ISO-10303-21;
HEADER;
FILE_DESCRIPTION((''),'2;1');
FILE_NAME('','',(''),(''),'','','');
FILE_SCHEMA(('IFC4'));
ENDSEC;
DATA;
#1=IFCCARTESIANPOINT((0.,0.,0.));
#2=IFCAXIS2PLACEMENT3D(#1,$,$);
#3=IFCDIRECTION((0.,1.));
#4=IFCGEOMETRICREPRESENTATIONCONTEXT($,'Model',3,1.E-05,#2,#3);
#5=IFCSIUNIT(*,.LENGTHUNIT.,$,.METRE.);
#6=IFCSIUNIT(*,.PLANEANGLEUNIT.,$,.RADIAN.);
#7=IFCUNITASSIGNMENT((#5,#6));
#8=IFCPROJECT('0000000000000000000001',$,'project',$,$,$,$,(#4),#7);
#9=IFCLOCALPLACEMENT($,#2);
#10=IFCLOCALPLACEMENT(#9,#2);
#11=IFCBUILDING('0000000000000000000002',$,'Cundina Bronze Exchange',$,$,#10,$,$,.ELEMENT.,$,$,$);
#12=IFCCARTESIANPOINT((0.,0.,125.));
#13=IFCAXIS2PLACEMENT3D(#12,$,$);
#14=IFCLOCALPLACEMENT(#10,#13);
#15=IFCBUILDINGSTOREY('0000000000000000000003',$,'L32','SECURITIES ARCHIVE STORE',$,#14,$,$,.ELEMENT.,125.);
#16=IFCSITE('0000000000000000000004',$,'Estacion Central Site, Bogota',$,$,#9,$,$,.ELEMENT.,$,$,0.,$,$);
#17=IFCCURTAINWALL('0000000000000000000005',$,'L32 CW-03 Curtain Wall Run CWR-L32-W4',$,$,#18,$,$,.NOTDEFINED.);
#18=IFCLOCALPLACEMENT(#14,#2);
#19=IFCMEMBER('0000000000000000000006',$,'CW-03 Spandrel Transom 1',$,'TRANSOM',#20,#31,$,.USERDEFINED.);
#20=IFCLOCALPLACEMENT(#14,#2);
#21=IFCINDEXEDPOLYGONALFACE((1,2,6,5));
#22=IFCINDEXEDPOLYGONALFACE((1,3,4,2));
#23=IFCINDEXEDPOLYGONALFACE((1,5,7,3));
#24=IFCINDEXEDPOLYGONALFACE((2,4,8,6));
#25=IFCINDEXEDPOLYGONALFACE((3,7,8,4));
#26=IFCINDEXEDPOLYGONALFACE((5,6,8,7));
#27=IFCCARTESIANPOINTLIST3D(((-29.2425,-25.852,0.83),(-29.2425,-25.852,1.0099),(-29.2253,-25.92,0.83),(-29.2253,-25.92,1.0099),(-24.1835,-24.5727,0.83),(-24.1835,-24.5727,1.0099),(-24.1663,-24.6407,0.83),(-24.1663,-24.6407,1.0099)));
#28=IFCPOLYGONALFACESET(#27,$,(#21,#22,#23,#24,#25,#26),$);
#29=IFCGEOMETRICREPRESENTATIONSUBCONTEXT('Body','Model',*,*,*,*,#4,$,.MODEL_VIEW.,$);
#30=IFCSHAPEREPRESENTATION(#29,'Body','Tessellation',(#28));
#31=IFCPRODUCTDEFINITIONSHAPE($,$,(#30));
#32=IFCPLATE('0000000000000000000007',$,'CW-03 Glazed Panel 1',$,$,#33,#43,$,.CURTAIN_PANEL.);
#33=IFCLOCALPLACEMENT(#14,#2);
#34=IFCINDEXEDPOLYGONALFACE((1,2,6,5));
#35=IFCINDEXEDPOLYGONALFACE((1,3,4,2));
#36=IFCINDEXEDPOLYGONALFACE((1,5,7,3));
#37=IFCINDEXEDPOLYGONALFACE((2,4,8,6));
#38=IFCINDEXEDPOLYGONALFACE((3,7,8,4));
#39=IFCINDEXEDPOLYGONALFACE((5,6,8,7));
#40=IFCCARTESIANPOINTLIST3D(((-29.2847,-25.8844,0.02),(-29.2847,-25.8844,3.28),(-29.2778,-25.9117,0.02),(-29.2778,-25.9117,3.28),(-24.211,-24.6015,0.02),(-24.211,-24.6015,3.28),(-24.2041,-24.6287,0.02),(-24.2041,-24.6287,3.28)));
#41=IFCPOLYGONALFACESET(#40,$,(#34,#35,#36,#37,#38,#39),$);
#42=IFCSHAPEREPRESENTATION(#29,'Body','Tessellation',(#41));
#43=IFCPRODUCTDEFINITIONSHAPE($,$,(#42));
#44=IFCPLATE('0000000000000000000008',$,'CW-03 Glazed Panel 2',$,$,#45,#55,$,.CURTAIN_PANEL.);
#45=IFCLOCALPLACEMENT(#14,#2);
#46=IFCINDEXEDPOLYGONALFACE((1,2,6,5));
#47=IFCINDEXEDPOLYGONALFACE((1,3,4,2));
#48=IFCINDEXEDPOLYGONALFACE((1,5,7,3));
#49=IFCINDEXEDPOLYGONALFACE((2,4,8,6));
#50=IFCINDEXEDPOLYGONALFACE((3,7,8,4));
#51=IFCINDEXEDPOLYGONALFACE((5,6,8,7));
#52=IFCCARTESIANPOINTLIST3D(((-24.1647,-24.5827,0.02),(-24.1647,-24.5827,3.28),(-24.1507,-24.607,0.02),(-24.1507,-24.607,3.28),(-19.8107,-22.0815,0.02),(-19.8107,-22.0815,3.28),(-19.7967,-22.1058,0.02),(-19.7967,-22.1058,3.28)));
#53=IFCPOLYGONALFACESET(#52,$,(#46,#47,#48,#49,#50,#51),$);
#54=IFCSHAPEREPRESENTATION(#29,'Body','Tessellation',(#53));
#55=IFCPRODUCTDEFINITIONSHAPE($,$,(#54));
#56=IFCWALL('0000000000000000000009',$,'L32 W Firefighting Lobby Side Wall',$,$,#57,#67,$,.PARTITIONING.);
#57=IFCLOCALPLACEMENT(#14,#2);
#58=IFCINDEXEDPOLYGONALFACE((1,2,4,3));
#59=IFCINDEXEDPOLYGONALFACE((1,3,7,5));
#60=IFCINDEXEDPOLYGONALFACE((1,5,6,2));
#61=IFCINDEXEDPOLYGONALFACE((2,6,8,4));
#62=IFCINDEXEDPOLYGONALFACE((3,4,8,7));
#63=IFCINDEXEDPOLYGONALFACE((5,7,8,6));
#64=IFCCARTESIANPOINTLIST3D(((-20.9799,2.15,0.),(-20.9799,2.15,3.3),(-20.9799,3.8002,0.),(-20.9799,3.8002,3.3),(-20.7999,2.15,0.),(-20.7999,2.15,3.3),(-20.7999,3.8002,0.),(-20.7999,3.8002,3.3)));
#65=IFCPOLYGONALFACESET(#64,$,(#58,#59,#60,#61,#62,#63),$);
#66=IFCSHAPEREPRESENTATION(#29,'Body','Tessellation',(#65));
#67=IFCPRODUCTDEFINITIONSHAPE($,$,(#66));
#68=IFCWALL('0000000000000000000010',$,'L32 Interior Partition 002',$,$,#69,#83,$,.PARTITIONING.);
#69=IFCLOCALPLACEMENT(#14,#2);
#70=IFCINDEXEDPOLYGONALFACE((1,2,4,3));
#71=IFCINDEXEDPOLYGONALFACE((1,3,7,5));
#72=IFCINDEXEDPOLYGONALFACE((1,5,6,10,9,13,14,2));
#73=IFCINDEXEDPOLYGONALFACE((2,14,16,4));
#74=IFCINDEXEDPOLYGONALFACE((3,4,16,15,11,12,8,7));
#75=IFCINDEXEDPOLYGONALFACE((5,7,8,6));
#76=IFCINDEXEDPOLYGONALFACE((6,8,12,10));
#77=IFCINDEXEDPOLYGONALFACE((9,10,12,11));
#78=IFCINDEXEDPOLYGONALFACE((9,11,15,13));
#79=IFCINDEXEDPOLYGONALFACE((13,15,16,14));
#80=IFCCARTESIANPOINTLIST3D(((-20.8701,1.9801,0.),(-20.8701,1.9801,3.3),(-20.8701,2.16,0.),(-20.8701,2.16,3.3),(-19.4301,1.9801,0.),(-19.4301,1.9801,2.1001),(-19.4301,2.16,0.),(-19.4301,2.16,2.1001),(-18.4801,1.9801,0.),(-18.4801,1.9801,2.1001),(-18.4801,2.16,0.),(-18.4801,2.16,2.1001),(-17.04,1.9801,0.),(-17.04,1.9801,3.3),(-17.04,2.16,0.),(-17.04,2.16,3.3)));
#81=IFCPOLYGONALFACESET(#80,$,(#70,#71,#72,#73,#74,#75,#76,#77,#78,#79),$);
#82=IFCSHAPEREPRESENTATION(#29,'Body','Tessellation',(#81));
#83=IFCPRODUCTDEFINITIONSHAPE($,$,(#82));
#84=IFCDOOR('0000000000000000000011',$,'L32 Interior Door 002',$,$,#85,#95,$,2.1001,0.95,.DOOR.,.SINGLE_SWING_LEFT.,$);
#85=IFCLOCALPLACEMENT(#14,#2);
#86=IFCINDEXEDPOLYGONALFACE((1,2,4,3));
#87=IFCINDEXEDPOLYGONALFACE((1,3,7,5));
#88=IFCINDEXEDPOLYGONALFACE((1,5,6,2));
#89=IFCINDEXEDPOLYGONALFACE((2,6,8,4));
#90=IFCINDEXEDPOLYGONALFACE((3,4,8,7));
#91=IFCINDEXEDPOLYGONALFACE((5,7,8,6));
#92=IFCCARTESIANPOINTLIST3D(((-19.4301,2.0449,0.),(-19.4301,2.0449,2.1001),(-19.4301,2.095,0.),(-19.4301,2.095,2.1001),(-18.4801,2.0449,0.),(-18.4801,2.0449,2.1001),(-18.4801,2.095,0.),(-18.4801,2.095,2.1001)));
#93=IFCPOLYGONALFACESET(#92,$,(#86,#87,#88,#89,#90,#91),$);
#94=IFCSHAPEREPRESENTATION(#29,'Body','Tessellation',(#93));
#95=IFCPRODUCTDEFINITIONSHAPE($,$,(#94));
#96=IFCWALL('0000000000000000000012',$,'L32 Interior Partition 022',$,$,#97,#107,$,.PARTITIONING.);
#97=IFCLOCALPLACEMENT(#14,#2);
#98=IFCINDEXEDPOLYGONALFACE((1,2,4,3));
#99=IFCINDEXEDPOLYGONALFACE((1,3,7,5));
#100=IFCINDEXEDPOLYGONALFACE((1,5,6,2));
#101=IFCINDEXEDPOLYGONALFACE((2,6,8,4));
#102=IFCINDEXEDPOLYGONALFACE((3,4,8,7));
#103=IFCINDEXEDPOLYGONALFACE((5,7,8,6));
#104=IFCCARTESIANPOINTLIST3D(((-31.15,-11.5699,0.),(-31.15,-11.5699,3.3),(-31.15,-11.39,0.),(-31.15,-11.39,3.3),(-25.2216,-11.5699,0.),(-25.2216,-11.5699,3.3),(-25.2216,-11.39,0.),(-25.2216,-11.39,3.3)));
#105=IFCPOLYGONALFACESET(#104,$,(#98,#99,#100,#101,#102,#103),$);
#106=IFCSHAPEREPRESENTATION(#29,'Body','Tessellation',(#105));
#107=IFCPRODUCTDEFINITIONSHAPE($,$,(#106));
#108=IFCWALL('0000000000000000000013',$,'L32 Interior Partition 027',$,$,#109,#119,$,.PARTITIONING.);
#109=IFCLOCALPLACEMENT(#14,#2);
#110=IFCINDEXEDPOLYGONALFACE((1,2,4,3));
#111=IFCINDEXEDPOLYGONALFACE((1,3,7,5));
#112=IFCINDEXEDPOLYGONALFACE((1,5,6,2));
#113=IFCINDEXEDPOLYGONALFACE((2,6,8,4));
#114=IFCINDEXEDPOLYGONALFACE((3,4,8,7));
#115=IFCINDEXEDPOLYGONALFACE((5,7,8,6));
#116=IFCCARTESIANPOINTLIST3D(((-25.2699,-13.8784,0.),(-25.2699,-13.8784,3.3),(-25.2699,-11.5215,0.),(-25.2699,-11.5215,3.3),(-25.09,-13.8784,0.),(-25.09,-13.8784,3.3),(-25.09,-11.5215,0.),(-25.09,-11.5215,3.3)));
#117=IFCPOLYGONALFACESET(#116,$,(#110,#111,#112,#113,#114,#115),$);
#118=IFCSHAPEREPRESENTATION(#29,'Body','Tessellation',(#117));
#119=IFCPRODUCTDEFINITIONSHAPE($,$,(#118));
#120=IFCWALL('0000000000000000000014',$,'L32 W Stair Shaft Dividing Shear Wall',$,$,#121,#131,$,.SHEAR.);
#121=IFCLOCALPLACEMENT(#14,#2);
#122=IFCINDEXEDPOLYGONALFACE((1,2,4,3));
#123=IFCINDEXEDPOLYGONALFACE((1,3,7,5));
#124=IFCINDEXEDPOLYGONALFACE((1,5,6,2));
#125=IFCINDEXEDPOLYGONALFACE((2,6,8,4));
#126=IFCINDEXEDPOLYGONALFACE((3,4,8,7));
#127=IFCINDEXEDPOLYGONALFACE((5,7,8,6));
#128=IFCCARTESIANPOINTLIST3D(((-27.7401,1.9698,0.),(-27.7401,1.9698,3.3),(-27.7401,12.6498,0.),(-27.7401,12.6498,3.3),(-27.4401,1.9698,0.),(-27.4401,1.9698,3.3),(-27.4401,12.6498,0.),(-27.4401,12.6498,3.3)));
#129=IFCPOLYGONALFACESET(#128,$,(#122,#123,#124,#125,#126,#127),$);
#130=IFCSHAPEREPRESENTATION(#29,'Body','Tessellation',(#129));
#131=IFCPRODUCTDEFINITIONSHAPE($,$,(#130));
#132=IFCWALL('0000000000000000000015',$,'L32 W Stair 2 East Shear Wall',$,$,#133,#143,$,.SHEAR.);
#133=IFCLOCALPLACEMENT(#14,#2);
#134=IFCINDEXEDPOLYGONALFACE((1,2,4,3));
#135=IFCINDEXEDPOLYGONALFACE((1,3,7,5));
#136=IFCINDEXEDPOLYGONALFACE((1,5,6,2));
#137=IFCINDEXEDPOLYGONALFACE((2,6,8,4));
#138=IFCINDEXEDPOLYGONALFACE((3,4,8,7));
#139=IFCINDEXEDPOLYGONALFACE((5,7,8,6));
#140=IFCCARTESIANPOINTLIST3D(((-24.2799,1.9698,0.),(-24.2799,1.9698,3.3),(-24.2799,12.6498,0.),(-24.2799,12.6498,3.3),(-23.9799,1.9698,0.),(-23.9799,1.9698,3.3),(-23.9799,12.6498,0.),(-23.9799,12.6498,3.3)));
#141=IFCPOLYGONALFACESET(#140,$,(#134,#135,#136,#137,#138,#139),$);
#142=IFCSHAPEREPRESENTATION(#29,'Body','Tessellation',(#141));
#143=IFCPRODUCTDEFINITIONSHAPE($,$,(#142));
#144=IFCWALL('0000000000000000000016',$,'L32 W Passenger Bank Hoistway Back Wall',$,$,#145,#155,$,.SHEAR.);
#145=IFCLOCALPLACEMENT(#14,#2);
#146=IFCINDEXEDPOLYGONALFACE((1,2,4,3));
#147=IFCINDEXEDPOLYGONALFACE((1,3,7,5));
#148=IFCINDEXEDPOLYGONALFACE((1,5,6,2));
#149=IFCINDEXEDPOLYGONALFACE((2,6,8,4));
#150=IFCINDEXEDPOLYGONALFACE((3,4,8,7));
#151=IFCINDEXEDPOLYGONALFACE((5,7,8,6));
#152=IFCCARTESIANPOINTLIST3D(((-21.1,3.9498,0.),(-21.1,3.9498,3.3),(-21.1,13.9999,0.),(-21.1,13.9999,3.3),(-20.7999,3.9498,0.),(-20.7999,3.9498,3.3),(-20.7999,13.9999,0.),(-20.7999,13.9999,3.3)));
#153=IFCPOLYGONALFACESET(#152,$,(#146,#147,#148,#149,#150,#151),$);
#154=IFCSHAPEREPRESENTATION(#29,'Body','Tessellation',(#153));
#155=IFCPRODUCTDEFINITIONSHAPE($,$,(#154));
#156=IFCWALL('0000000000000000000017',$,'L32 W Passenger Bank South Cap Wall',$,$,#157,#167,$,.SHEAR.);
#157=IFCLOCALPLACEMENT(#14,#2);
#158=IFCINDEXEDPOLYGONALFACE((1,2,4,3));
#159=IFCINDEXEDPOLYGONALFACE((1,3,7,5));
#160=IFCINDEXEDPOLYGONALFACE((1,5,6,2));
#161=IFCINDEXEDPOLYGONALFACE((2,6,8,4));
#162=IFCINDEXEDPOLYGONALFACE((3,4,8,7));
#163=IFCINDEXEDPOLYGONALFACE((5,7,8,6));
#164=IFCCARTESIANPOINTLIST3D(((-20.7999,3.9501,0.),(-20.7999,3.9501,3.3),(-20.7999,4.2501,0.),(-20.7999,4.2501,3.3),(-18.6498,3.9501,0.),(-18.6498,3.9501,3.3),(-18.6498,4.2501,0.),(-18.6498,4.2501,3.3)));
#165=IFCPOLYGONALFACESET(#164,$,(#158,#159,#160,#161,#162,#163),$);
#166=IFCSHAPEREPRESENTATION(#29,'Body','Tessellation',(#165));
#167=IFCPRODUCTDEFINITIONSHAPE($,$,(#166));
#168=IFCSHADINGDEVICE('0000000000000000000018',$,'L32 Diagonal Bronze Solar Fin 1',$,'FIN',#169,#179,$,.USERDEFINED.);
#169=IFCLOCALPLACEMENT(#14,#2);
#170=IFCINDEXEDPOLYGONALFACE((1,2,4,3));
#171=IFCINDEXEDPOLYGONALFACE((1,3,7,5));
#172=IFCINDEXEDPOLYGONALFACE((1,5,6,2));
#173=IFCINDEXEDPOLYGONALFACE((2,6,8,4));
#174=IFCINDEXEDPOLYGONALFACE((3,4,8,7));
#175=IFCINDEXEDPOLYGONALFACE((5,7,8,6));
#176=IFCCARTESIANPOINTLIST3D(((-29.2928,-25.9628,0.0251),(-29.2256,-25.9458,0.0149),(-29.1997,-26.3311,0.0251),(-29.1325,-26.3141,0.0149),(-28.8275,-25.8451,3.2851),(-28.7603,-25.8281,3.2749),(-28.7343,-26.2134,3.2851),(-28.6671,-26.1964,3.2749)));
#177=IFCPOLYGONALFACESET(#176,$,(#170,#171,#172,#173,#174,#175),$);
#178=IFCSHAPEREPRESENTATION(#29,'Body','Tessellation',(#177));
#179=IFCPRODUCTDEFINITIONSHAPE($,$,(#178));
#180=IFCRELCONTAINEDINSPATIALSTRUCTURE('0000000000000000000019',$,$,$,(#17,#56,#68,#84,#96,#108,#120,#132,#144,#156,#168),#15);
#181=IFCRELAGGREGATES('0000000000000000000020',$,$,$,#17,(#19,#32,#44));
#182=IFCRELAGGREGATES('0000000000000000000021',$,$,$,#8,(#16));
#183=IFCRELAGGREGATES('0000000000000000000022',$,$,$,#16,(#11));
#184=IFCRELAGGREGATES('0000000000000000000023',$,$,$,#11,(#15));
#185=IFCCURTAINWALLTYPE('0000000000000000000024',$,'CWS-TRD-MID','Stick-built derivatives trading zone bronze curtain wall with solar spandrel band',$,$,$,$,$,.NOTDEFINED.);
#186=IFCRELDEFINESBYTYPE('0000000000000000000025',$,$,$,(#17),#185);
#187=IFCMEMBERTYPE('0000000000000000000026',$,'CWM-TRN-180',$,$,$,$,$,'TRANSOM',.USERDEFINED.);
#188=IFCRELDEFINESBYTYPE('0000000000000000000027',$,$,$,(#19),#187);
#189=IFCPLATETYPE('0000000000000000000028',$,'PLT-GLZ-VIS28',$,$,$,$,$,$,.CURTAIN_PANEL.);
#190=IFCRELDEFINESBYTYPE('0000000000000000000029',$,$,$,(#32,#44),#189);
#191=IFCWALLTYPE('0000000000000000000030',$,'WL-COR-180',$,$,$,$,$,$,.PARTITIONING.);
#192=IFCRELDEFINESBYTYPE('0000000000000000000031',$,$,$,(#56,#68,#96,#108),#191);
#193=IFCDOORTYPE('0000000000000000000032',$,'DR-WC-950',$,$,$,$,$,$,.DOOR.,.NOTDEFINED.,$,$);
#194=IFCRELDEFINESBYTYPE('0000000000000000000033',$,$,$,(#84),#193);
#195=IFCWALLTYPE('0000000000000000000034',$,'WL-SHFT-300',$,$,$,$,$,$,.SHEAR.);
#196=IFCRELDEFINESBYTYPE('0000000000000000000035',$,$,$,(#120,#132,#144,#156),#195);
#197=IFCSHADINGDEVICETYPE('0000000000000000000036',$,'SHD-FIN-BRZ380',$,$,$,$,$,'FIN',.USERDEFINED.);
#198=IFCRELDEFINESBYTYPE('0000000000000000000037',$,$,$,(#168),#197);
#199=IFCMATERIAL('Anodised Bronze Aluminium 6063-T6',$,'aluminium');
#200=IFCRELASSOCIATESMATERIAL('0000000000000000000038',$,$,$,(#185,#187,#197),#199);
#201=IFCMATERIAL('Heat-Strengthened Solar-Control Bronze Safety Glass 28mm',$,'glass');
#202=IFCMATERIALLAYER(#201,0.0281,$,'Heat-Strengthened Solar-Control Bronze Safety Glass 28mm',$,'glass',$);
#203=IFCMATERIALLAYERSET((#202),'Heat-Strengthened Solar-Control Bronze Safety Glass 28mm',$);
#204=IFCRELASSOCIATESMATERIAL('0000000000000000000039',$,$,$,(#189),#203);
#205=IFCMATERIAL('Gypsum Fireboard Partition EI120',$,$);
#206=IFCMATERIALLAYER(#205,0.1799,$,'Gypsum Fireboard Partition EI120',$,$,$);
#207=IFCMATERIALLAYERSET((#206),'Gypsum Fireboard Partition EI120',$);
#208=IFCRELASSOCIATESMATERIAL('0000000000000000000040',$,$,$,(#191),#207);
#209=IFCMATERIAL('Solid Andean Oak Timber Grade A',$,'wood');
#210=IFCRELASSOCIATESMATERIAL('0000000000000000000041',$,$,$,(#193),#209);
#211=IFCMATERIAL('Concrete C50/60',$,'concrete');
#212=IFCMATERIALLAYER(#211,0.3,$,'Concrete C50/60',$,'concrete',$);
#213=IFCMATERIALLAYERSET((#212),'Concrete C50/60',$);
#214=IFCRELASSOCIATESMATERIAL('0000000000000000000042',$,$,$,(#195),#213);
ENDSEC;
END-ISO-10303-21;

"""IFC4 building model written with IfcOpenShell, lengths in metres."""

from ifc_helpers import new_model, si_unit, direction, frame, frame_2d, origin, origin_2d, place, context, subcontext, project, spatial, rectangle, extrude, material, layer, layer_set, material_profile, profile_set, type_object, element, fill, aggregate, save


model = new_model("IFC4")

# Units and contexts
model_context = context("Model", 3, precision=1e-05, world=origin(), true_north=direction((0.0, 1.0)))
body_context = subcontext(model_context, "Body", "Model", "MODEL_VIEW")
ifc_project = project(units=[si_unit("LENGTHUNIT", "METRE"), si_unit("PLANEANGLEUNIT", "RADIAN")], contexts=[model_context])

# Site, building, storey
site_placement = place(None, origin())
site = spatial("IfcSite", under=ifc_project, at=site_placement, Name="Estacion Central Site, Bogota", CompositionType="ELEMENT", RefElevation=0.0)
building_placement = place(site_placement, origin())
building = spatial("IfcBuilding", under=site, at=building_placement, Name="Cundina Bronze Exchange", CompositionType="ELEMENT")
storey_placement = place(building_placement, frame((0.0, 0.0, 125.0)))
storey = spatial("IfcBuildingStorey", under=building, at=storey_placement, Name="L32", Description="SECURITIES ARCHIVE STORE", CompositionType="ELEMENT", Elevation=125.0)

# Shared definitions
ifc_material_1 = material(Name="Anodised Bronze Aluminium 6063-T6", Category="aluminium")
curtain_wall_type = type_object("IfcCurtainWallType", Name="CWS-TRD-MID", Description="Stick-built derivatives trading zone bronze curtain wall with solar spandrel band", PredefinedType="NOTDEFINED", material=ifc_material_1)

# Curtain wall, member, plates
curtain_wall_1_placement = place(storey_placement, origin())
curtain_wall_1 = element("IfcCurtainWall", 1, at=curtain_wall_1_placement, inside=storey, type_object=curtain_wall_type, Name="L32 CW-03 Curtain Wall Run CWR-L32-W4", PredefinedType="NOTDEFINED")
ifc_material_profile_1 = material_profile(ifc_material_1, rectangle(XDim=0.0701, YDim=0.1799, at=origin_2d()), Name="AL70X180", Category="aluminium")
ifc_profile_set_1 = profile_set([ifc_material_profile_1], Name="Anodised Bronze Aluminium 6063-T6")
member_type_1 = type_object("IfcMemberType", Name="CWM-TRN-180", ElementType="TRANSOM", PredefinedType="USERDEFINED", material=ifc_profile_set_1)
member_1_placement = place(storey_placement, frame((-29.2339, -25.886, 0.9199), z_axis=(0.969484, 0.245155, 0.0), x_axis=(-0.245155, 0.969484, 0.0)))
member_1 = element("IfcMember", 2, at=member_1_placement, type_object=member_type_1, Name="CW-03 Spandrel Transom 1", ObjectType="TRANSOM", PredefinedType="USERDEFINED", context=body_context, shape_type="SweptSolid", body=[
    extrude(rectangle(XDim=0.0701, YDim=0.1799, at=origin_2d()), origin(), (0.0, 0.0, 1.0), 5.2183),
])
ifc_material_2 = material(Name="Heat-Strengthened Solar-Control Bronze Safety Glass 28mm", Category="glass")
ifc_layer_1 = layer(ifc_material_2, 0.0281, Name="Heat-Strengthened Solar-Control Bronze Safety Glass 28mm", Category="glass")
ifc_layer_set_1 = layer_set([ifc_layer_1], Name="Heat-Strengthened Solar-Control Bronze Safety Glass 28mm")
plate_type = type_object("IfcPlateType", Name="PLT-GLZ-VIS28", PredefinedType="CURTAIN_PANEL", material=ifc_layer_set_1)
plate_1_placement = place(storey_placement, frame((-26.7444, -25.2566, 0.02), z_axis=(0.0, 0.0, 1.0), x_axis=(0.969488, 0.245138, 0.0)))
plate_1 = element("IfcPlate", 3, at=plate_1_placement, type_object=plate_type, Name="CW-03 Glazed Panel 1", PredefinedType="CURTAIN_PANEL", context=body_context, shape_type="SweptSolid", body=[
    extrude(rectangle(XDim=5.2334, YDim=0.0281, at=origin_2d()), origin(), (0.0, 0.0, 1.0), 3.26),
])
plate_2_placement = place(storey_placement, frame((-21.9807, -23.3442, 0.02), z_axis=(0.0, 0.0, 1.0), x_axis=(0.867105, 0.498125, 0.0)))
plate_2 = element("IfcPlate", 4, at=plate_2_placement, type_object=plate_type, Name="CW-03 Glazed Panel 2", PredefinedType="CURTAIN_PANEL", context=body_context, shape_type="SweptSolid", body=[
    extrude(rectangle(XDim=5.0212, YDim=0.0281, at=origin_2d()), origin(), (0.0, 0.0, 1.0), 3.26),
])
aggregate(curtain_wall_1, [member_1, plate_1, plate_2])

# Wall
ifc_material_3 = material(Name="Gypsum Fireboard Partition EI120")
ifc_layer_2 = layer(ifc_material_3, 0.1799, Name="Gypsum Fireboard Partition EI120")
ifc_layer_set_2 = layer_set([ifc_layer_2], Name="Gypsum Fireboard Partition EI120")
wall_type_1 = type_object("IfcWallType", Name="WL-COR-180", PredefinedType="PARTITIONING", material=ifc_layer_set_2)
wall_1_placement = place(storey_placement, frame((-20.8899, 2.1499, 0.0), z_axis=(0.0, 0.0, 1.0), x_axis=(0.0, 1.0, 0.0)))
element("IfcWall", 5, at=wall_1_placement, inside=storey, type_object=wall_type_1, Name="L32 W Firefighting Lobby Side Wall", PredefinedType="PARTITIONING", context=body_context, shape_type="SweptSolid", body=[
    extrude(rectangle(XDim=1.6501, YDim=0.1799, at=frame_2d((0.8252, 0.0))), origin(), (0.0, 0.0, 1.0), 3.3),
])

# Wall, opening, door
wall_2_placement = place(storey_placement, frame((-20.8701, 2.0701, 0.0), z_axis=(0.0, 0.0, 1.0), x_axis=(1.0, 0.0, 0.0)))
wall_2 = element("IfcWall", 6, at=wall_2_placement, inside=storey, type_object=wall_type_1, Name="L32 Interior Partition 002", PredefinedType="PARTITIONING", context=body_context, shape_type="SweptSolid", body=[
    extrude(rectangle(XDim=3.8301, YDim=0.1799, at=frame_2d((1.915, 0.0))), origin(), (0.0, 0.0, 1.0), 3.3),
])
opening_1_placement = place(wall_2_placement, frame((1.4399, 0.0, 0.0)))
opening_1 = element("IfcOpeningElement", 7, at=opening_1_placement, cuts=wall_2, PredefinedType="OPENING", context=body_context, shape_type="SweptSolid", body=[
    extrude(rectangle(XDim=0.95, YDim=2.1001, at=frame_2d((0.4751, 1.05))), frame((0.0, 0.0999, 0.0), z_axis=(0.0, -1.0, 0.0), x_axis=(1.0, 0.0, 0.0)), (0.0, 0.0, 1.0), 0.2),
])
ifc_material_4 = material(Name="Solid Andean Oak Timber Grade A", Category="wood")
door_type_1 = type_object("IfcDoorType", Name="DR-WC-950", OperationType="NOTDEFINED", PredefinedType="DOOR", material=ifc_material_4)
door_1_placement = place(opening_1_placement, origin())
door_1 = element("IfcDoor", 8, at=door_1_placement, inside=storey, type_object=door_type_1, Name="L32 Interior Door 002", OperationType="SINGLE_SWING_LEFT", OverallHeight=2.1001, OverallWidth=0.95, PredefinedType="DOOR", context=body_context, shape_type="SweptSolid", body=[
    extrude(rectangle(XDim=0.95, YDim=2.1001, at=frame_2d((0.4751, 1.05))), frame((0.0, 0.0249, 0.0), z_axis=(0.0, -1.0, 0.0), x_axis=(1.0, 0.0, 0.0)), (0.0, 0.0, 1.0), 0.05),
])
fill(opening_1, door_1)

# Walls
wall_3_placement = place(storey_placement, frame((-25.2214, -11.48, 0.0), z_axis=(0.0, 0.0, 1.0), x_axis=(-1.0, 0.0, 0.0)))
element("IfcWall", 9, at=wall_3_placement, inside=storey, type_object=wall_type_1, Name="L32 Interior Partition 022", PredefinedType="PARTITIONING", context=body_context, shape_type="SweptSolid", body=[
    extrude(rectangle(XDim=5.9285, YDim=0.1799, at=frame_2d((2.9644, 0.0))), origin(), (0.0, 0.0, 1.0), 3.3),
])
wall_4_placement = place(storey_placement, frame((-25.1799, -13.8784, 0.0), z_axis=(0.0, 0.0, 1.0), x_axis=(0.0, 1.0, 0.0)))
element("IfcWall", 10, at=wall_4_placement, inside=storey, type_object=wall_type_1, Name="L32 Interior Partition 027", PredefinedType="PARTITIONING", context=body_context, shape_type="SweptSolid", body=[
    extrude(rectangle(XDim=2.3569, YDim=0.1799, at=frame_2d((1.1785, 0.0))), origin(), (0.0, 0.0, 1.0), 3.3),
])
ifc_material_5 = material(Name="Concrete C50/60", Category="concrete")
ifc_layer_3 = layer(ifc_material_5, 0.3, Name="Concrete C50/60", Category="concrete")
ifc_layer_set_3 = layer_set([ifc_layer_3], Name="Concrete C50/60")
wall_type_2 = type_object("IfcWallType", Name="WL-SHFT-300", PredefinedType="SHEAR", material=ifc_layer_set_3)
for number, where, z_axis, x_axis, name in (
    (11, (-27.5901, 1.97, 0.0), (0.0, 0.0, 1.0), (0.0, 1.0, 0.0), "L32 W Stair Shaft Dividing Shear Wall"),
    (12, (-24.1299, 1.97, 0.0), (0.0, 0.0, 1.0), (0.0, 1.0, 0.0), "L32 W Stair 2 East Shear Wall"),
):
    element("IfcWall", number, at=place(storey_placement, frame(where, z_axis=z_axis, x_axis=x_axis)), inside=storey, type_object=wall_type_2, Name=name, PredefinedType="SHEAR", context=body_context, shape_type="SweptSolid", body=[
        extrude(rectangle(XDim=10.6799, YDim=0.3, at=frame_2d((5.3398, 0.0))), origin(), (0.0, 0.0, 1.0), 3.3),
    ])
wall_5_placement = place(storey_placement, frame((-20.95, 3.95, 0.0), z_axis=(0.0, 0.0, 1.0), x_axis=(0.0, 1.0, 0.0)))
element("IfcWall", 13, at=wall_5_placement, inside=storey, type_object=wall_type_2, Name="L32 W Passenger Bank Hoistway Back Wall", PredefinedType="SHEAR", context=body_context, shape_type="SweptSolid", body=[
    extrude(rectangle(XDim=10.05, YDim=0.3, at=frame_2d((5.0249, 0.0))), origin(), (0.0, 0.0, 1.0), 3.3),
])
wall_6_placement = place(storey_placement, frame((-20.8, 4.1001, 0.0), z_axis=(0.0, 0.0, 1.0), x_axis=(1.0, 0.0, 0.0)))
element("IfcWall", 14, at=wall_6_placement, inside=storey, type_object=wall_type_2, Name="L32 W Passenger Bank South Cap Wall", PredefinedType="SHEAR", context=body_context, shape_type="SweptSolid", body=[
    extrude(rectangle(XDim=2.1501, YDim=0.3, at=frame_2d((1.0752, 0.0))), origin(), (0.0, 0.0, 1.0), 3.3),
])

# Shading device
ifc_material_profile_2 = material_profile(ifc_material_1, rectangle(XDim=0.0701, YDim=0.3799, at=origin_2d()), Name="FIN70X380", Category="aluminium")
ifc_profile_set_2 = profile_set([ifc_material_profile_2], Name="Anodised Bronze Aluminium 6063-T6")
shading_device_type = type_object("IfcShadingDeviceType", Name="SHD-FIN-BRZ380", ElementType="FIN", PredefinedType="USERDEFINED", material=ifc_profile_set_2)
shading_device_placement = place(storey_placement, frame((-29.2126, -26.1384, 0.02), z_axis=(0.141217, 0.035712, 0.989334), x_axis=(-0.959141, -0.242553, 0.145663)))
element("IfcShadingDevice", 15, at=shading_device_placement, inside=storey, type_object=shading_device_type, Name="L32 Diagonal Bronze Solar Fin 1", ObjectType="FIN", PredefinedType="USERDEFINED", context=body_context, shape_type="SweptSolid", body=[
    extrude(rectangle(XDim=0.0701, YDim=0.3799, at=origin_2d()), origin(), (0.0, 0.0, 1.0), 3.2952),
])

save(model, "model.ifc")
